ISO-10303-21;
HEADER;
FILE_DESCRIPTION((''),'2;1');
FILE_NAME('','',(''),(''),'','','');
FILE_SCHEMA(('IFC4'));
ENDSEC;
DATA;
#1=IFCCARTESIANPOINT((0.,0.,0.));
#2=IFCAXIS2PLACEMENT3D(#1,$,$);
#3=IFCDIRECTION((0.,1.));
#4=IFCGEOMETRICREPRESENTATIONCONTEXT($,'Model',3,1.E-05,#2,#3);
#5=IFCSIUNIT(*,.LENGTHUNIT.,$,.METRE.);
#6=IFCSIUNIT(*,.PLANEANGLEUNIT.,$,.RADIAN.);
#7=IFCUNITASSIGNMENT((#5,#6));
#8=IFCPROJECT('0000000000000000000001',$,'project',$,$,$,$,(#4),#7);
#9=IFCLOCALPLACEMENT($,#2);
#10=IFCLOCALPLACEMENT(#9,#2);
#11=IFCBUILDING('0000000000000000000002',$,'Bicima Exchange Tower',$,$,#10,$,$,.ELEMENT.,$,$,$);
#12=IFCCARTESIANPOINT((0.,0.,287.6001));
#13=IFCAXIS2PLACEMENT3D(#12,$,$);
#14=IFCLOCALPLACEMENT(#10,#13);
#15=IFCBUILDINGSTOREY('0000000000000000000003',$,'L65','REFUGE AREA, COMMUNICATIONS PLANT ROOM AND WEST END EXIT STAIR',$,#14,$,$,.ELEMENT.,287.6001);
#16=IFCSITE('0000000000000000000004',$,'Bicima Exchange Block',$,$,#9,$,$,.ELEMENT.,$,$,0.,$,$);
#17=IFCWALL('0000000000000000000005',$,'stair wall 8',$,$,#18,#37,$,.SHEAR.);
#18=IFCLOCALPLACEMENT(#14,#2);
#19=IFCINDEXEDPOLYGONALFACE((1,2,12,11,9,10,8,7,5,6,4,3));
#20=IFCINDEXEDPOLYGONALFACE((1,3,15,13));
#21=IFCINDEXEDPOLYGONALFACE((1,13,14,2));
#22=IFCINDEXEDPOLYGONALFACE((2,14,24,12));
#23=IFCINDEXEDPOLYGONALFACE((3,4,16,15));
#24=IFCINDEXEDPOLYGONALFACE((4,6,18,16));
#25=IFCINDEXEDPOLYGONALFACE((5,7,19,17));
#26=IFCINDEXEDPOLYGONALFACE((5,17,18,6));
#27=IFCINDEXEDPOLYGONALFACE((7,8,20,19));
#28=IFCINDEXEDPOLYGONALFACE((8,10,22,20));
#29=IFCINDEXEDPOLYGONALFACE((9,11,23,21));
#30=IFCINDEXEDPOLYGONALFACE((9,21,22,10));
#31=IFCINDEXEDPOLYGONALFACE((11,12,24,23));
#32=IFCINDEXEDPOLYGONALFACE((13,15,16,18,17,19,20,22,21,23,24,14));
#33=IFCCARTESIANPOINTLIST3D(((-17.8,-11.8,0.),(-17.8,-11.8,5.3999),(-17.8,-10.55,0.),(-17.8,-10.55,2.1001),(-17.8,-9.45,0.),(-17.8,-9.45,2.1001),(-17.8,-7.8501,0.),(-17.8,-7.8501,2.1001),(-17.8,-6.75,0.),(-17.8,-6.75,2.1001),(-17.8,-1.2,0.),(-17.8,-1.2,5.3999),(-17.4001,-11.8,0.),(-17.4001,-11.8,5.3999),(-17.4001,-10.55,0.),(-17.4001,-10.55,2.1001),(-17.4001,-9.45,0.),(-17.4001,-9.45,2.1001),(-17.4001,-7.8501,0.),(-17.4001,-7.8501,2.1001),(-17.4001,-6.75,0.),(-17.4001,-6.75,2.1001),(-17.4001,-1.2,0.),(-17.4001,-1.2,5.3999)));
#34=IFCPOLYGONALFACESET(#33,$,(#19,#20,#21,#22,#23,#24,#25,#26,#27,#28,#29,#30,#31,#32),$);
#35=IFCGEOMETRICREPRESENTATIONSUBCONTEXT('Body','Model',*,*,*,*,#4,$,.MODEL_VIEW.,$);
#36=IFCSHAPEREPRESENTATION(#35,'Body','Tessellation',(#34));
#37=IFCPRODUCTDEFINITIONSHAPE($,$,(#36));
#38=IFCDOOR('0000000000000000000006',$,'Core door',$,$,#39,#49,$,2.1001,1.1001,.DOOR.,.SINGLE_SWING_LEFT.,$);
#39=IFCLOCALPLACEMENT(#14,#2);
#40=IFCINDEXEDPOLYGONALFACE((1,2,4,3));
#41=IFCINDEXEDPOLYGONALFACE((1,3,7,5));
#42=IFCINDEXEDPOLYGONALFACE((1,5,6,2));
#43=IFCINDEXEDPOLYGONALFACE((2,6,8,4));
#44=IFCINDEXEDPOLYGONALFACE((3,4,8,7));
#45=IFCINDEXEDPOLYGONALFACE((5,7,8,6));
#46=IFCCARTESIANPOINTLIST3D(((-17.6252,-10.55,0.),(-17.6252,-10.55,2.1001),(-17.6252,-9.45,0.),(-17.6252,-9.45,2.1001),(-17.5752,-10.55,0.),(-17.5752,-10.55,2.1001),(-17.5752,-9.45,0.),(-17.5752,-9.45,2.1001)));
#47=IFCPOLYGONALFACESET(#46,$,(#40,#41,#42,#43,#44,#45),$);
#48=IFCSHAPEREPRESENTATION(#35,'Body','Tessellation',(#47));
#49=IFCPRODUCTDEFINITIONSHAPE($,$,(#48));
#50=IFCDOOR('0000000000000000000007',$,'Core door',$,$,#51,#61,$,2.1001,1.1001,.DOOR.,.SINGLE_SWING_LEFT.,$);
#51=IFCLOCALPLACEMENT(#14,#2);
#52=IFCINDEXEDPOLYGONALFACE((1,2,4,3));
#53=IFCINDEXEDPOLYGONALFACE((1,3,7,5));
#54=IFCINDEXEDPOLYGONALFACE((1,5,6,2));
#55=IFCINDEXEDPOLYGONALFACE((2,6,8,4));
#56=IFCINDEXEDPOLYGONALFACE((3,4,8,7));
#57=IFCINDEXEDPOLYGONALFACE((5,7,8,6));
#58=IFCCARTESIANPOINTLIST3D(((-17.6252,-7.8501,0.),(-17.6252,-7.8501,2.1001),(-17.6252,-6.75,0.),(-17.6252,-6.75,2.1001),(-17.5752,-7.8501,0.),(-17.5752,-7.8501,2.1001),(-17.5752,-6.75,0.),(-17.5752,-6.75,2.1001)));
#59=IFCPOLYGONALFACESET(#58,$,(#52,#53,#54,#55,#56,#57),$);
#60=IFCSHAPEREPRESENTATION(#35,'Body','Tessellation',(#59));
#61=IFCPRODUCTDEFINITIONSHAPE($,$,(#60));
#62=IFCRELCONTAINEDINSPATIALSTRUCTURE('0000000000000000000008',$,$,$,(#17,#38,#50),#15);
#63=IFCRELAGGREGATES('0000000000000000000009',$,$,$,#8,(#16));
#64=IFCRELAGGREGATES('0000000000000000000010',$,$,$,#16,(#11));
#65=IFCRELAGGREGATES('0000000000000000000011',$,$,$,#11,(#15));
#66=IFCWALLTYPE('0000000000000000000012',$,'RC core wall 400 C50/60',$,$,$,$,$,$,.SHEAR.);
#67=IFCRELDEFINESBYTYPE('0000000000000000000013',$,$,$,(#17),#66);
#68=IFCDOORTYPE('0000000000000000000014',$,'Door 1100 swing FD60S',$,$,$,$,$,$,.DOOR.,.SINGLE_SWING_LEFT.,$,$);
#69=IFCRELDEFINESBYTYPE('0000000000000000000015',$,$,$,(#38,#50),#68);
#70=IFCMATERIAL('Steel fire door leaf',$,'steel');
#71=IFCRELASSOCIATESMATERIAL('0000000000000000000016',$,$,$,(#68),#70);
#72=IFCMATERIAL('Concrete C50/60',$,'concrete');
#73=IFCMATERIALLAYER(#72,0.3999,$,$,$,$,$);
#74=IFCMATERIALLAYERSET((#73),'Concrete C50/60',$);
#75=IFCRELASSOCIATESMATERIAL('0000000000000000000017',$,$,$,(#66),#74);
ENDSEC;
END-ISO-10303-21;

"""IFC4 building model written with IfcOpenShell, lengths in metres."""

from ifc_helpers import new_model, si_unit, direction, frame, frame_2d, origin, place, context, subcontext, project, spatial, rectangle, extrude, material, layer, layer_set, type_object, element, fill, save


model = new_model("IFC4")

# Units and contexts
model_context = context("Model", 3, precision=1e-05, world=origin(), true_north=direction((0.0, 1.0)))
body_context = subcontext(model_context, "Body", "Model", "MODEL_VIEW")
ifc_project = project(units=[si_unit("LENGTHUNIT", "METRE"), si_unit("PLANEANGLEUNIT", "RADIAN")], contexts=[model_context])

# Site, building, storey
site_placement = place(None, origin())
site = spatial("IfcSite", under=ifc_project, at=site_placement, Name="Bicima Exchange Block", CompositionType="ELEMENT", RefElevation=0.0)
building_placement = place(site_placement, origin())
building = spatial("IfcBuilding", under=site, at=building_placement, Name="Bicima Exchange Tower", CompositionType="ELEMENT")
storey_placement = place(building_placement, frame((0.0, 0.0, 287.6001)))
storey = spatial("IfcBuildingStorey", under=building, at=storey_placement, Name="L65", Description="REFUGE AREA, COMMUNICATIONS PLANT ROOM AND WEST END EXIT STAIR", CompositionType="ELEMENT", Elevation=287.6001)

# Shared definitions
ifc_material_1 = material(Name="Steel fire door leaf", Category="steel")
door_type = type_object("IfcDoorType", Name="Door 1100 swing FD60S", OperationType="SINGLE_SWING_LEFT", PredefinedType="DOOR", material=ifc_material_1)

# Wall, openings, doors
ifc_material_2 = material(Name="Concrete C50/60", Category="concrete")
ifc_layer_1 = layer(ifc_material_2, 0.3999)
ifc_layer_set_1 = layer_set([ifc_layer_1], Name="Concrete C50/60")
wall_type_1 = type_object("IfcWallType", Name="RC core wall 400 C50/60", PredefinedType="SHEAR", material=ifc_layer_set_1)
wall_1_placement = place(storey_placement, frame((-17.6001, -11.8, 0.0), z_axis=(0.0, 0.0, 1.0), x_axis=(0.0, 1.0, 0.0)))
wall_1 = element("IfcWall", 1, at=wall_1_placement, inside=storey, type_object=wall_type_1, Name="stair wall 8", PredefinedType="SHEAR", context=body_context, shape_type="SweptSolid", body=[
    extrude(rectangle(XDim=10.6001, YDim=0.3999, at=frame_2d((5.3, 0.0))), origin(), (0.0, 0.0, 1.0), 5.3999),
])
opening_1_placement = place(wall_1_placement, frame((1.25, 0.0, 0.0)))
opening_1 = element("IfcOpeningElement", 2, at=opening_1_placement, cuts=wall_1, PredefinedType="OPENING", context=body_context, shape_type="SweptSolid", body=[
    extrude(rectangle(XDim=1.1001, YDim=2.1001, at=frame_2d((0.55, 1.05))), frame((0.0, 0.2119, 0.0), z_axis=(0.0, -1.0, 0.0), x_axis=(1.0, 0.0, 0.0)), (0.0, 0.0, 1.0), 0.4238),
])
opening_2_placement = place(wall_1_placement, frame((3.95, 0.0, 0.0)))
opening_2 = element("IfcOpeningElement", 3, at=opening_2_placement, cuts=wall_1, PredefinedType="OPENING", context=body_context, shape_type="SweptSolid", body=[
    extrude(rectangle(XDim=1.1001, YDim=2.1001, at=frame_2d((0.55, 1.05))), frame((0.0, 0.2119, 0.0), z_axis=(0.0, -1.0, 0.0), x_axis=(1.0, 0.0, 0.0)), (0.0, 0.0, 1.0), 0.4238),
])
door_1_placement = place(opening_1_placement, frame((1.1001, 0.0, 0.0), z_axis=(0.0, 0.0, 1.0), x_axis=(-1.0, 0.0, 0.0)))
door_1 = element("IfcDoor", 4, at=door_1_placement, inside=storey, type_object=door_type, Name="Core door", OperationType="SINGLE_SWING_LEFT", OverallHeight=2.1001, OverallWidth=1.1001, PredefinedType="DOOR", context=body_context, shape_type="SweptSolid", body=[
    extrude(rectangle(XDim=1.1001, YDim=2.1001, at=frame_2d((0.55, 1.05))), frame((0.0, 0.0249, 0.0), z_axis=(0.0, -1.0, 0.0), x_axis=(1.0, 0.0, 0.0)), (0.0, 0.0, 1.0), 0.05),
])
fill(opening_1, door_1)
door_2_placement = place(opening_2_placement, frame((1.1001, 0.0, 0.0), z_axis=(0.0, 0.0, 1.0), x_axis=(-1.0, 0.0, 0.0)))
door_2 = element("IfcDoor", 5, at=door_2_placement, inside=storey, type_object=door_type, Name="Core door", OperationType="SINGLE_SWING_LEFT", OverallHeight=2.1001, OverallWidth=1.1001, PredefinedType="DOOR", context=body_context, shape_type="SweptSolid", body=[
    extrude(rectangle(XDim=1.1001, YDim=2.1001, at=frame_2d((0.55, 1.05))), frame((0.0, 0.0249, 0.0), z_axis=(0.0, -1.0, 0.0), x_axis=(1.0, 0.0, 0.0)), (0.0, 0.0, 1.0), 0.05),
])
fill(opening_2, door_2)

save(model, "model.ifc")
